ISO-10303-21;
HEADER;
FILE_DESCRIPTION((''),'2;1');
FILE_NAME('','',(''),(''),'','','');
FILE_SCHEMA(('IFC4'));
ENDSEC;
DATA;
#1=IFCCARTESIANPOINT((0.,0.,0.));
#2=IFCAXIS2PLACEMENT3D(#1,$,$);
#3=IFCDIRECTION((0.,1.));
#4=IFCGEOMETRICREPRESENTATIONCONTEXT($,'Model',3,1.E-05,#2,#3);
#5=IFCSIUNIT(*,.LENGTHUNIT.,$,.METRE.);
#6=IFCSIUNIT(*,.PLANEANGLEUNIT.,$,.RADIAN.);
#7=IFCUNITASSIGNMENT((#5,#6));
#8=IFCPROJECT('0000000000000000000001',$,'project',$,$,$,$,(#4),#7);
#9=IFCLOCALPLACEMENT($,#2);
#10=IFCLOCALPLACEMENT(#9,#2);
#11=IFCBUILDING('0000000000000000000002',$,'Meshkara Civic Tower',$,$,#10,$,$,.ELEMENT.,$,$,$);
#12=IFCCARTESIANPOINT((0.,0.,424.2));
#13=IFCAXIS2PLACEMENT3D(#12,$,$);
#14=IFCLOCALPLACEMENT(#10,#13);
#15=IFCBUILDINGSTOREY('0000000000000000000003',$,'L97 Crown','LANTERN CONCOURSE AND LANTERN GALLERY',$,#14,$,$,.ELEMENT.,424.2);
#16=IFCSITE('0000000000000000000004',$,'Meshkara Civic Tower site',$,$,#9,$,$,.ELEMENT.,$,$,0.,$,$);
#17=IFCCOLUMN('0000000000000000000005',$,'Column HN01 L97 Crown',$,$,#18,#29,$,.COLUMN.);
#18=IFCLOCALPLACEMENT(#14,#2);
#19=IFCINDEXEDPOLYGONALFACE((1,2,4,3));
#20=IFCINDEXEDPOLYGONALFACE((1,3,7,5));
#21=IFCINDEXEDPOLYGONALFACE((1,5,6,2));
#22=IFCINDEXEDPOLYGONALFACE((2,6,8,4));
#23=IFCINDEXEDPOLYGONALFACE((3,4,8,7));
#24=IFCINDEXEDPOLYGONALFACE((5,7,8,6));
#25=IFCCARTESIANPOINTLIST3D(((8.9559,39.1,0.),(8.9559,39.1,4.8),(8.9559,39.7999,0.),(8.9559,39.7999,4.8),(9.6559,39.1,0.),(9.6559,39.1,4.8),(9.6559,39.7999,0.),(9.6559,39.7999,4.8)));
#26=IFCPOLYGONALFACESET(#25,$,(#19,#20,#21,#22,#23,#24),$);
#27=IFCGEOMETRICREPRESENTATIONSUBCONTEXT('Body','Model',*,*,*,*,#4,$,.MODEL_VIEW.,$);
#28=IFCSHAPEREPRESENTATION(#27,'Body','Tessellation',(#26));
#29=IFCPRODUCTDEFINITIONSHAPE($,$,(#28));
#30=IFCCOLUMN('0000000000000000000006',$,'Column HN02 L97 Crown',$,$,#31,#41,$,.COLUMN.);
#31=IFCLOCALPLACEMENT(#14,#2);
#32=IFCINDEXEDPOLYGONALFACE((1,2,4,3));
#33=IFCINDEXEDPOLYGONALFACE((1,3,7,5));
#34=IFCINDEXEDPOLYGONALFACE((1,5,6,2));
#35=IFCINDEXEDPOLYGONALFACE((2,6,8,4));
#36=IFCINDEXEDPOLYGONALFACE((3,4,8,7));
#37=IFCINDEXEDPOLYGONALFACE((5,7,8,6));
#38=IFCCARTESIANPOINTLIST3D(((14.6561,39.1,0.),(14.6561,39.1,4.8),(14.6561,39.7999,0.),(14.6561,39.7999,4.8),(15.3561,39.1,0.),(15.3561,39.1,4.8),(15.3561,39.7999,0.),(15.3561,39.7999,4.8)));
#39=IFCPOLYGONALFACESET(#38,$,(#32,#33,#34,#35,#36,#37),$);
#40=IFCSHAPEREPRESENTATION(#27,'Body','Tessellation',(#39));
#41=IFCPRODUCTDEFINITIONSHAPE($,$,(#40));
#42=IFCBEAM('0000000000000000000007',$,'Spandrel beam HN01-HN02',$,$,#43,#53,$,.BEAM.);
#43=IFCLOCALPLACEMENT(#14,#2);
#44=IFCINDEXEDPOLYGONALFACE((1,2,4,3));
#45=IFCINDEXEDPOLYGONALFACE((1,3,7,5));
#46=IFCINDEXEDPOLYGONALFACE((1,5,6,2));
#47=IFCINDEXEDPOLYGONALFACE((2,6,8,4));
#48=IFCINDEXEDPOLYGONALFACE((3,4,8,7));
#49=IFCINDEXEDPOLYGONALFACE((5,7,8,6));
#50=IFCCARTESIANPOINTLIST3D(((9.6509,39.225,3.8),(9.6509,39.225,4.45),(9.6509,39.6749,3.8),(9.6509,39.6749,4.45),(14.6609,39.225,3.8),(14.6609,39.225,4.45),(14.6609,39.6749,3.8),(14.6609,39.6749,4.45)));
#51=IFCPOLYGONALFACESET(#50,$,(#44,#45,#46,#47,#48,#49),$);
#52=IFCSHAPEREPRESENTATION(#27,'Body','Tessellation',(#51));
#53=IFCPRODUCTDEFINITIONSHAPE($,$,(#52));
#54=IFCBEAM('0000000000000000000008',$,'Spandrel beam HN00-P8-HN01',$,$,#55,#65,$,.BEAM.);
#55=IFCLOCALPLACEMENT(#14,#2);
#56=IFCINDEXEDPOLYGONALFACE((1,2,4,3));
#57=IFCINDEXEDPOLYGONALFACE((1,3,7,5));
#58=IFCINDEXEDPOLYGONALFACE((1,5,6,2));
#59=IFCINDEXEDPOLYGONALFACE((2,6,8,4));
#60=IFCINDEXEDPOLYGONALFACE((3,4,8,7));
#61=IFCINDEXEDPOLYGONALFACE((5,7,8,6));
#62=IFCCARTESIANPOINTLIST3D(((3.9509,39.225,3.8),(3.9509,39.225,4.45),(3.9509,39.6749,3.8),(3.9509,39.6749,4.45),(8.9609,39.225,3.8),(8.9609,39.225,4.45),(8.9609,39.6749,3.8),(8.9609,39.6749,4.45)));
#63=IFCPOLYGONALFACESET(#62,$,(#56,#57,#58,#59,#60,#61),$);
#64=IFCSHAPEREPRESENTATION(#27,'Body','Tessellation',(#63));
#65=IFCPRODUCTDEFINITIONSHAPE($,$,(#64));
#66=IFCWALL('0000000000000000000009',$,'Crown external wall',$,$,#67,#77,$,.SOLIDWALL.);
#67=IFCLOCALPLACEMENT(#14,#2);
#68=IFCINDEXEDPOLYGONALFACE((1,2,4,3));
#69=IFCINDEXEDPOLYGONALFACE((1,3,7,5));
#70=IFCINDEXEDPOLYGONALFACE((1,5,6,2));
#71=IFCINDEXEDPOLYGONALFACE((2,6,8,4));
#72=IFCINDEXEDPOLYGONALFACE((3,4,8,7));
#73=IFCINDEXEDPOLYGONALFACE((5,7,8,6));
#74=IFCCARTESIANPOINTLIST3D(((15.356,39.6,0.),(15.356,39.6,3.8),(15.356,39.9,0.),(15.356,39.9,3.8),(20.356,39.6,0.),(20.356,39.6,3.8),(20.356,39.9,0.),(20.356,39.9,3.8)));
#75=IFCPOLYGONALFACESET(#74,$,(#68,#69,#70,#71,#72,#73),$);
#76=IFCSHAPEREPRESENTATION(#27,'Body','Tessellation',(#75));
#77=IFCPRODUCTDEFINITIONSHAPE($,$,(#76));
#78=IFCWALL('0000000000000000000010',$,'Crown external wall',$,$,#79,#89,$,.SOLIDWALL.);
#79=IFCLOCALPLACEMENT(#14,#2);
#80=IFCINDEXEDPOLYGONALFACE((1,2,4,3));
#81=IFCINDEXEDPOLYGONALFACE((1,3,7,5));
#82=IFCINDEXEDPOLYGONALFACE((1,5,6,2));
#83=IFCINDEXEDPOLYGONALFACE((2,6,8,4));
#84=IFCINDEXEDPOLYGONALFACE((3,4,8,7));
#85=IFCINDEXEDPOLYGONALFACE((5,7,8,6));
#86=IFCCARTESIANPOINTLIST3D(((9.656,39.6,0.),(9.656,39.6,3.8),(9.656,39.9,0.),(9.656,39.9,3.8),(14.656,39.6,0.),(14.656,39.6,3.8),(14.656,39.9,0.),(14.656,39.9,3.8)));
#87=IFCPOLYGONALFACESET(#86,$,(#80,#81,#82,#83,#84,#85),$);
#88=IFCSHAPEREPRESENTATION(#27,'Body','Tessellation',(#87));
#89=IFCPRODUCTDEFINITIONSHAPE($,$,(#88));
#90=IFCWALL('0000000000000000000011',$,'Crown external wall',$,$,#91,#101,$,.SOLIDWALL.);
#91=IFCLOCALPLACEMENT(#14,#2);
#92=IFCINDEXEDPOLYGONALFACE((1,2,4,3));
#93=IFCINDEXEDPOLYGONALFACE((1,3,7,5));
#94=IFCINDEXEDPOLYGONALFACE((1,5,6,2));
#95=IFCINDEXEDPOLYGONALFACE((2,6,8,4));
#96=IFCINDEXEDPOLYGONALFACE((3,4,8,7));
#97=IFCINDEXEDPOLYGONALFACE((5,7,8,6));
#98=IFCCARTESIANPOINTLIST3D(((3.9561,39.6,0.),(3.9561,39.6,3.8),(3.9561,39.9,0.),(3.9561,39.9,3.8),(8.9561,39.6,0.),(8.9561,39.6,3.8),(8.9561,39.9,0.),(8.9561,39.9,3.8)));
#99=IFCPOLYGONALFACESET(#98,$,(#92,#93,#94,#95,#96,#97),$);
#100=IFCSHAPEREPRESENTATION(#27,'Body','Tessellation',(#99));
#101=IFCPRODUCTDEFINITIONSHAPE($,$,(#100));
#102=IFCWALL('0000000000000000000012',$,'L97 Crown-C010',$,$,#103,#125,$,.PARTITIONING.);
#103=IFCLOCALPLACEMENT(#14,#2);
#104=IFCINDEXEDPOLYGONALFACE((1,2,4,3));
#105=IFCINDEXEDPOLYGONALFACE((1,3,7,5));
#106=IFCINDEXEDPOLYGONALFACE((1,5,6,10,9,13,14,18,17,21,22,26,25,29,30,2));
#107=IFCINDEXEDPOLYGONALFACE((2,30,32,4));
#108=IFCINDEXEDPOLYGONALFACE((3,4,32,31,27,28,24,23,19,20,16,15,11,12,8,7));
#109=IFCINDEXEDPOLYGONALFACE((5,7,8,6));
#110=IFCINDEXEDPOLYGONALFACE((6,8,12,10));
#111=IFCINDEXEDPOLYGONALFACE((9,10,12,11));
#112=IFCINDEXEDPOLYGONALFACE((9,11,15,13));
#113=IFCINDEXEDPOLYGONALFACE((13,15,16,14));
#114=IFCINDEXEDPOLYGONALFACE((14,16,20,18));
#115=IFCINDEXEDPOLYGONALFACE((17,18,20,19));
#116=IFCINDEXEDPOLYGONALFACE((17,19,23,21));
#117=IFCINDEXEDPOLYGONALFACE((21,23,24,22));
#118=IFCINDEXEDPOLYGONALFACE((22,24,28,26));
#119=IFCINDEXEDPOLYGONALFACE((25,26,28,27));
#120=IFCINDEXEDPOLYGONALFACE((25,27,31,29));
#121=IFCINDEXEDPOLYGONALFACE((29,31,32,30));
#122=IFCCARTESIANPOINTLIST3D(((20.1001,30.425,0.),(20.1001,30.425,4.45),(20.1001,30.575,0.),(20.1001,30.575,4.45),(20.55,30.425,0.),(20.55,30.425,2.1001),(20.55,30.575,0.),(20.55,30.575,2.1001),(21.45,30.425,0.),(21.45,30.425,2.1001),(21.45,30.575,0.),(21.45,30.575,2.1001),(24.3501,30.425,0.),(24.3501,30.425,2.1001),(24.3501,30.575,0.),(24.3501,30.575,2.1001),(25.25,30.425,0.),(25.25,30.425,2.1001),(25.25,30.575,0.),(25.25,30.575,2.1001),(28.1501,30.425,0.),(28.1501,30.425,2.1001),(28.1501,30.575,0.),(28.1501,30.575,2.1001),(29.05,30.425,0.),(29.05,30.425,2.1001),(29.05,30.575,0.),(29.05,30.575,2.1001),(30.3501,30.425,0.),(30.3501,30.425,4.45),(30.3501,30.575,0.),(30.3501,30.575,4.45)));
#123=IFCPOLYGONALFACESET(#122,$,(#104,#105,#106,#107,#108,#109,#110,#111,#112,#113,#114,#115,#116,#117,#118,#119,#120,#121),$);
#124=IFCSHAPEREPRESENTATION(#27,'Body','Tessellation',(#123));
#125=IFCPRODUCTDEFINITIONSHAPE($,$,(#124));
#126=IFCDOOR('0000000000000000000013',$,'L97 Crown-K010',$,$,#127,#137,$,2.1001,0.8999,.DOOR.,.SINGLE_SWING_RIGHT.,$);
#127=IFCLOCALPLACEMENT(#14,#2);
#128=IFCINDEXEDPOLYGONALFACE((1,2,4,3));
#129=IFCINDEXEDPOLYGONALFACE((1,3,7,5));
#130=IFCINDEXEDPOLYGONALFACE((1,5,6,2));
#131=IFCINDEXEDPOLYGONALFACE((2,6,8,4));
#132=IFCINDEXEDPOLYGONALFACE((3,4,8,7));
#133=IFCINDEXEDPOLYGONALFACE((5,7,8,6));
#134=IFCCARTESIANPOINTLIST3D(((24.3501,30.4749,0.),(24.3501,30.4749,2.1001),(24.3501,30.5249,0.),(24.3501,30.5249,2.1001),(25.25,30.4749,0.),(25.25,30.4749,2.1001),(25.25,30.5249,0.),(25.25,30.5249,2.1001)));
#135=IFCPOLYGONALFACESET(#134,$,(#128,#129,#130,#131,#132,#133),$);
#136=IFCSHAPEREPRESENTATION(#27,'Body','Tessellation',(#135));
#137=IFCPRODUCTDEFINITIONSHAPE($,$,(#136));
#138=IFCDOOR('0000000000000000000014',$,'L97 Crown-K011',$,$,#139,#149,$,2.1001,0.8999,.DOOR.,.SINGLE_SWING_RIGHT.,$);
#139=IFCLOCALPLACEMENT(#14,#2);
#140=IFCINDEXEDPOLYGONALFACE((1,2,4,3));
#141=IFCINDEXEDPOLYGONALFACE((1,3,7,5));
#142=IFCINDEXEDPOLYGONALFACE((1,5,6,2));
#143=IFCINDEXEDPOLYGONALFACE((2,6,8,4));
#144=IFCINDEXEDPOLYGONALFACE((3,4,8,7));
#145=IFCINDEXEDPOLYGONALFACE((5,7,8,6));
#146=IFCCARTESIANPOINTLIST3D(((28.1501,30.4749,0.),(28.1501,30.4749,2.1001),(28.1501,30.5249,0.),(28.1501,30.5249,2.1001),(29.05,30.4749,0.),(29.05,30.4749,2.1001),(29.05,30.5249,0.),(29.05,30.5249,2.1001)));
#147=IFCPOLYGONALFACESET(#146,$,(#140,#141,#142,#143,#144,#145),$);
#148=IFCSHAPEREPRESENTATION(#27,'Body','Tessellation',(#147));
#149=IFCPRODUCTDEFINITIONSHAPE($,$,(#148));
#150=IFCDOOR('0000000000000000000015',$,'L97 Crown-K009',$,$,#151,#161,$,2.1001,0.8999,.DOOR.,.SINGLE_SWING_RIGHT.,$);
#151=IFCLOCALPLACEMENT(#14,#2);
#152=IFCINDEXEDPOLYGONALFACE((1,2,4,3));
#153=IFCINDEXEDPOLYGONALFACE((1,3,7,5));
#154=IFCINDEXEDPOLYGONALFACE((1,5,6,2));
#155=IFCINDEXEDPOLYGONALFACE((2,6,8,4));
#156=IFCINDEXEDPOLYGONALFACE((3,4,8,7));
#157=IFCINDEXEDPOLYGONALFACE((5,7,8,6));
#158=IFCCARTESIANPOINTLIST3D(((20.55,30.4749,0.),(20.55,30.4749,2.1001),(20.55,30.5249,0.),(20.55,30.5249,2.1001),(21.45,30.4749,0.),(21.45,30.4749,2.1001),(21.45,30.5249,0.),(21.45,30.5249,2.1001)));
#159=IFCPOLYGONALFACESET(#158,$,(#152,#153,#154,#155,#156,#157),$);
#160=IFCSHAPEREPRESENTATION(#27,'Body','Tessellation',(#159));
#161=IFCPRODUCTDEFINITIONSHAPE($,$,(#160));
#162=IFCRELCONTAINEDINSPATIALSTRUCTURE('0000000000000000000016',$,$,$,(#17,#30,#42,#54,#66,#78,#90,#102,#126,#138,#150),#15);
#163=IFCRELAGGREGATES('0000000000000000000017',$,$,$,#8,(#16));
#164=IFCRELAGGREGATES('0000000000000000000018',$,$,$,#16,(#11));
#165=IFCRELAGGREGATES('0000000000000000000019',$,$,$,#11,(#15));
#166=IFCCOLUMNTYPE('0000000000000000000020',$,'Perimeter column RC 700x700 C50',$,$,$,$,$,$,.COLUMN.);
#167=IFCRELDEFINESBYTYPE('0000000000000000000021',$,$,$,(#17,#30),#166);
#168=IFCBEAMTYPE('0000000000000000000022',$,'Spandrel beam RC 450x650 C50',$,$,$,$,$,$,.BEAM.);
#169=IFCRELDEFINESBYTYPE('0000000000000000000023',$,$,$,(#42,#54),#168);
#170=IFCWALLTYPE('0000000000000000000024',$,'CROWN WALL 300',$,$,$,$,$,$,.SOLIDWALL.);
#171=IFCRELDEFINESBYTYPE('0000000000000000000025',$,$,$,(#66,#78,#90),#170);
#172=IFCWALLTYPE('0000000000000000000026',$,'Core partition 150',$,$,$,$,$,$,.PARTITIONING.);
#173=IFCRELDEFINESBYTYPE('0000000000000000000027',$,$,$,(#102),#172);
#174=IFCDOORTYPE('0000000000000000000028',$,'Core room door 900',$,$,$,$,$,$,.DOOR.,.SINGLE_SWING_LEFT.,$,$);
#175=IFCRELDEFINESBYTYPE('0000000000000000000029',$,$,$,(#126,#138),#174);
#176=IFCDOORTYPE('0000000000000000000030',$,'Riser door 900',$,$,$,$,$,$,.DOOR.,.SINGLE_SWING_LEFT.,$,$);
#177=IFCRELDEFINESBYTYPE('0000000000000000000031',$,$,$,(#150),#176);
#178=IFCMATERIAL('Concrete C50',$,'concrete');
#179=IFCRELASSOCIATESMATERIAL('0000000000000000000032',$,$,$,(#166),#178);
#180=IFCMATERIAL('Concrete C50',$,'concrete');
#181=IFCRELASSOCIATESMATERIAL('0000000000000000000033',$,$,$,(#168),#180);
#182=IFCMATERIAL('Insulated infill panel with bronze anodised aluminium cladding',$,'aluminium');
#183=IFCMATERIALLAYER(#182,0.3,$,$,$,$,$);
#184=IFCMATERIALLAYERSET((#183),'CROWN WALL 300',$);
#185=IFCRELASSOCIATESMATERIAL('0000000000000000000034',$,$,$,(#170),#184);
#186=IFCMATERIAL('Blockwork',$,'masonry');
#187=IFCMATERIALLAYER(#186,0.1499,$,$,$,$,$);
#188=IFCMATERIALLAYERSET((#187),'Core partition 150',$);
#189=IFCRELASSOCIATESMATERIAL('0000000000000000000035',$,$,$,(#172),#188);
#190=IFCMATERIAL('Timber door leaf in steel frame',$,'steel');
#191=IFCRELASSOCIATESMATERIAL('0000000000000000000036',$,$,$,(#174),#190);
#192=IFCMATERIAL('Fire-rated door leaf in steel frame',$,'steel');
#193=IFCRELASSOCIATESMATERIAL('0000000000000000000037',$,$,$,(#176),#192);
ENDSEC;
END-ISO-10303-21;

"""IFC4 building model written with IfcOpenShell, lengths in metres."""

from ifc_helpers import new_model, si_unit, direction, frame, frame_2d, origin, origin_2d, place, context, subcontext, project, spatial, rectangle, extrude, material, layer, layer_set, material_profile, profile_set, type_object, element, fill, save


model = new_model("IFC4")

# Units and contexts
model_context = context("Model", 3, precision=1e-05, world=origin(), true_north=direction((0.0, 1.0)))
body_context = subcontext(model_context, "Body", "Model", "MODEL_VIEW")
ifc_project = project(units=[si_unit("LENGTHUNIT", "METRE"), si_unit("PLANEANGLEUNIT", "RADIAN")], contexts=[model_context])

# Site, building, storey
site_placement = place(None, origin())
site = spatial("IfcSite", under=ifc_project, at=site_placement, Name="Meshkara Civic Tower site", CompositionType="ELEMENT", RefElevation=0.0)
building_placement = place(site_placement, origin())
building = spatial("IfcBuilding", under=site, at=building_placement, Name="Meshkara Civic Tower", CompositionType="ELEMENT")
storey_placement = place(building_placement, frame((0.0, 0.0, 424.2)))
storey = spatial("IfcBuildingStorey", under=building, at=storey_placement, Name="L97 Crown", Description="LANTERN CONCOURSE AND LANTERN GALLERY", CompositionType="ELEMENT", Elevation=424.2)

# Columns
ifc_material_1 = material(Name="Concrete C50", Category="concrete")
ifc_material_profile_1 = material_profile(ifc_material_1, rectangle(XDim=0.7, YDim=0.7, at=origin_2d()))
ifc_profile_set_1 = profile_set([ifc_material_profile_1], Name="Concrete C50")
column_type = type_object("IfcColumnType", Name="Perimeter column RC 700x700 C50", PredefinedType="COLUMN", material=ifc_profile_set_1)
for number, where, z_axis, x_axis, name in (
    (1, (9.3059, 39.45, 0.0), (0.0, 0.0, 1.0), (1.0, 0.0, 0.0), "Column HN01 L97 Crown"),
    (2, (15.0061, 39.45, 0.0), (0.0, 0.0, 1.0), (1.0, 0.0, 0.0), "Column HN02 L97 Crown"),
):
    element("IfcColumn", number, at=place(storey_placement, frame(where, z_axis=z_axis, x_axis=x_axis)), inside=storey, type_object=column_type, Name=name, PredefinedType="COLUMN", context=body_context, shape_type="SweptSolid", body=[
        extrude(rectangle(XDim=0.7, YDim=0.7, at=origin_2d()), origin(), (0.0, 0.0, 1.0), 4.8),
    ])

# Beams
ifc_material_2 = material(Name="Concrete C50", Category="concrete")
ifc_material_profile_2 = material_profile(ifc_material_2, rectangle(XDim=0.45, YDim=0.6499, at=origin_2d()))
ifc_profile_set_2 = profile_set([ifc_material_profile_2], Name="Concrete C50")
beam_type = type_object("IfcBeamType", Name="Spandrel beam RC 450x650 C50", PredefinedType="BEAM", material=ifc_profile_set_2)
for number, where, z_axis, x_axis, name in (
    (3, (14.6609, 39.45, 4.125), (-1.0, 0.0, 0.0), (0.0, -1.0, 0.0), "Spandrel beam HN01-HN02"),
    (4, (8.9609, 39.45, 4.125), (-1.0, 0.0, 0.0), (0.0, -1.0, 0.0), "Spandrel beam HN00-P8-HN01"),
):
    element("IfcBeam", number, at=place(storey_placement, frame(where, z_axis=z_axis, x_axis=x_axis)), inside=storey, type_object=beam_type, Name=name, PredefinedType="BEAM", context=body_context, shape_type="SweptSolid", body=[
        extrude(rectangle(XDim=0.45, YDim=0.6499, at=origin_2d()), origin(), (0.0, 0.0, 1.0), 5.01),
    ])

# Walls
ifc_material_3 = material(Name="Insulated infill panel with bronze anodised aluminium cladding", Category="aluminium")
ifc_layer_1 = layer(ifc_material_3, 0.3)
ifc_layer_set_1 = layer_set([ifc_layer_1], Name="CROWN WALL 300")
wall_type_1 = type_object("IfcWallType", Name="CROWN WALL 300", PredefinedType="SOLIDWALL", material=ifc_layer_set_1)
for number, where, z_axis, x_axis, name in (
    (5, (20.356, 39.75, 0.0), (0.0, 0.0, 1.0), (-1.0, 0.0, 0.0), "Crown external wall"),
    (6, (14.656, 39.75, 0.0), (0.0, 0.0, 1.0), (-1.0, 0.0, 0.0), "Crown external wall"),
    (7, (8.9561, 39.75, 0.0), (0.0, 0.0, 1.0), (-1.0, 0.0, 0.0), "Crown external wall"),
):
    element("IfcWall", number, at=place(storey_placement, frame(where, z_axis=z_axis, x_axis=x_axis)), inside=storey, type_object=wall_type_1, Name=name, PredefinedType="SOLIDWALL", context=body_context, shape_type="SweptSolid", body=[
        extrude(rectangle(XDim=5.0, YDim=0.3, at=frame_2d((2.5, 0.0))), origin(), (0.0, 0.0, 1.0), 3.8),
    ])

# Wall, openings, doors
ifc_material_4 = material(Name="Blockwork", Category="masonry")
ifc_layer_2 = layer(ifc_material_4, 0.1499)
ifc_layer_set_2 = layer_set([ifc_layer_2], Name="Core partition 150")
wall_type_2 = type_object("IfcWallType", Name="Core partition 150", PredefinedType="PARTITIONING", material=ifc_layer_set_2)
wall_1_placement = place(storey_placement, frame((20.1001, 30.5, 0.0), z_axis=(0.0, 0.0, 1.0), x_axis=(1.0, 0.0, 0.0)))
wall_1 = element("IfcWall", 8, at=wall_1_placement, inside=storey, type_object=wall_type_2, Name="L97 Crown-C010", PredefinedType="PARTITIONING", context=body_context, shape_type="SweptSolid", body=[
    extrude(rectangle(XDim=10.25, YDim=0.1499, at=frame_2d((5.125, 0.0))), origin(), (0.0, 0.0, 1.0), 4.45),
])
opening_1_placement = place(wall_1_placement, frame((0.45, 0.0, 0.0)))
opening_1 = element("IfcOpeningElement", 9, at=opening_1_placement, cuts=wall_1, PredefinedType="OPENING", context=body_context, shape_type="SweptSolid", body=[
    extrude(rectangle(XDim=0.8999, YDim=2.1001, at=frame_2d((0.45, 1.05))), frame((0.0, 0.085, 0.0), z_axis=(0.0, -1.0, 0.0), x_axis=(1.0, 0.0, 0.0)), (0.0, 0.0, 1.0), 0.1699),
])
opening_2_placement = place(wall_1_placement, frame((4.25, 0.0, 0.0)))
opening_2 = element("IfcOpeningElement", 10, at=opening_2_placement, cuts=wall_1, PredefinedType="OPENING", context=body_context, shape_type="SweptSolid", body=[
    extrude(rectangle(XDim=0.8999, YDim=2.1001, at=frame_2d((0.45, 1.05))), frame((0.0, 0.085, 0.0), z_axis=(0.0, -1.0, 0.0), x_axis=(1.0, 0.0, 0.0)), (0.0, 0.0, 1.0), 0.1699),
])
opening_3_placement = place(wall_1_placement, frame((8.05, 0.0, 0.0)))
opening_3 = element("IfcOpeningElement", 11, at=opening_3_placement, cuts=wall_1, PredefinedType="OPENING", context=body_context, shape_type="SweptSolid", body=[
    extrude(rectangle(XDim=0.8999, YDim=2.1001, at=frame_2d((0.45, 1.05))), frame((0.0, 0.085, 0.0), z_axis=(0.0, -1.0, 0.0), x_axis=(1.0, 0.0, 0.0)), (0.0, 0.0, 1.0), 0.1699),
])
ifc_material_5 = material(Name="Timber door leaf in steel frame", Category="steel")
door_type_1 = type_object("IfcDoorType", Name="Core room door 900", OperationType="SINGLE_SWING_LEFT", PredefinedType="DOOR", material=ifc_material_5)
door_1_placement = place(opening_2_placement, origin())
door_1 = element("IfcDoor", 12, at=door_1_placement, inside=storey, type_object=door_type_1, Name="L97 Crown-K010", OperationType="SINGLE_SWING_RIGHT", OverallHeight=2.1001, OverallWidth=0.8999, PredefinedType="DOOR", context=body_context, shape_type="SweptSolid", body=[
    extrude(rectangle(XDim=0.8999, YDim=2.1001, at=frame_2d((0.45, 1.05))), frame((0.0, 0.0249, 0.0), z_axis=(0.0, -1.0, 0.0), x_axis=(1.0, 0.0, 0.0)), (0.0, 0.0, 1.0), 0.05),
])
fill(opening_2, door_1)
door_2_placement = place(opening_3_placement, origin())
door_2 = element("IfcDoor", 13, at=door_2_placement, inside=storey, type_object=door_type_1, Name="L97 Crown-K011", OperationType="SINGLE_SWING_RIGHT", OverallHeight=2.1001, OverallWidth=0.8999, PredefinedType="DOOR", context=body_context, shape_type="SweptSolid", body=[
    extrude(rectangle(XDim=0.8999, YDim=2.1001, at=frame_2d((0.45, 1.05))), frame((0.0, 0.0249, 0.0), z_axis=(0.0, -1.0, 0.0), x_axis=(1.0, 0.0, 0.0)), (0.0, 0.0, 1.0), 0.05),
])
fill(opening_3, door_2)
ifc_material_6 = material(Name="Fire-rated door leaf in steel frame", Category="steel")
door_type_2 = type_object("IfcDoorType", Name="Riser door 900", OperationType="SINGLE_SWING_LEFT", PredefinedType="DOOR", material=ifc_material_6)
door_3_placement = place(opening_1_placement, origin())
door_3 = element("IfcDoor", 14, at=door_3_placement, inside=storey, type_object=door_type_2, Name="L97 Crown-K009", OperationType="SINGLE_SWING_RIGHT", OverallHeight=2.1001, OverallWidth=0.8999, PredefinedType="DOOR", context=body_context, shape_type="SweptSolid", body=[
    extrude(rectangle(XDim=0.8999, YDim=2.1001, at=frame_2d((0.45, 1.05))), frame((0.0, 0.0249, 0.0), z_axis=(0.0, -1.0, 0.0), x_axis=(1.0, 0.0, 0.0)), (0.0, 0.0, 1.0), 0.05),
])
fill(opening_1, door_3)

save(model, "model.ifc")
